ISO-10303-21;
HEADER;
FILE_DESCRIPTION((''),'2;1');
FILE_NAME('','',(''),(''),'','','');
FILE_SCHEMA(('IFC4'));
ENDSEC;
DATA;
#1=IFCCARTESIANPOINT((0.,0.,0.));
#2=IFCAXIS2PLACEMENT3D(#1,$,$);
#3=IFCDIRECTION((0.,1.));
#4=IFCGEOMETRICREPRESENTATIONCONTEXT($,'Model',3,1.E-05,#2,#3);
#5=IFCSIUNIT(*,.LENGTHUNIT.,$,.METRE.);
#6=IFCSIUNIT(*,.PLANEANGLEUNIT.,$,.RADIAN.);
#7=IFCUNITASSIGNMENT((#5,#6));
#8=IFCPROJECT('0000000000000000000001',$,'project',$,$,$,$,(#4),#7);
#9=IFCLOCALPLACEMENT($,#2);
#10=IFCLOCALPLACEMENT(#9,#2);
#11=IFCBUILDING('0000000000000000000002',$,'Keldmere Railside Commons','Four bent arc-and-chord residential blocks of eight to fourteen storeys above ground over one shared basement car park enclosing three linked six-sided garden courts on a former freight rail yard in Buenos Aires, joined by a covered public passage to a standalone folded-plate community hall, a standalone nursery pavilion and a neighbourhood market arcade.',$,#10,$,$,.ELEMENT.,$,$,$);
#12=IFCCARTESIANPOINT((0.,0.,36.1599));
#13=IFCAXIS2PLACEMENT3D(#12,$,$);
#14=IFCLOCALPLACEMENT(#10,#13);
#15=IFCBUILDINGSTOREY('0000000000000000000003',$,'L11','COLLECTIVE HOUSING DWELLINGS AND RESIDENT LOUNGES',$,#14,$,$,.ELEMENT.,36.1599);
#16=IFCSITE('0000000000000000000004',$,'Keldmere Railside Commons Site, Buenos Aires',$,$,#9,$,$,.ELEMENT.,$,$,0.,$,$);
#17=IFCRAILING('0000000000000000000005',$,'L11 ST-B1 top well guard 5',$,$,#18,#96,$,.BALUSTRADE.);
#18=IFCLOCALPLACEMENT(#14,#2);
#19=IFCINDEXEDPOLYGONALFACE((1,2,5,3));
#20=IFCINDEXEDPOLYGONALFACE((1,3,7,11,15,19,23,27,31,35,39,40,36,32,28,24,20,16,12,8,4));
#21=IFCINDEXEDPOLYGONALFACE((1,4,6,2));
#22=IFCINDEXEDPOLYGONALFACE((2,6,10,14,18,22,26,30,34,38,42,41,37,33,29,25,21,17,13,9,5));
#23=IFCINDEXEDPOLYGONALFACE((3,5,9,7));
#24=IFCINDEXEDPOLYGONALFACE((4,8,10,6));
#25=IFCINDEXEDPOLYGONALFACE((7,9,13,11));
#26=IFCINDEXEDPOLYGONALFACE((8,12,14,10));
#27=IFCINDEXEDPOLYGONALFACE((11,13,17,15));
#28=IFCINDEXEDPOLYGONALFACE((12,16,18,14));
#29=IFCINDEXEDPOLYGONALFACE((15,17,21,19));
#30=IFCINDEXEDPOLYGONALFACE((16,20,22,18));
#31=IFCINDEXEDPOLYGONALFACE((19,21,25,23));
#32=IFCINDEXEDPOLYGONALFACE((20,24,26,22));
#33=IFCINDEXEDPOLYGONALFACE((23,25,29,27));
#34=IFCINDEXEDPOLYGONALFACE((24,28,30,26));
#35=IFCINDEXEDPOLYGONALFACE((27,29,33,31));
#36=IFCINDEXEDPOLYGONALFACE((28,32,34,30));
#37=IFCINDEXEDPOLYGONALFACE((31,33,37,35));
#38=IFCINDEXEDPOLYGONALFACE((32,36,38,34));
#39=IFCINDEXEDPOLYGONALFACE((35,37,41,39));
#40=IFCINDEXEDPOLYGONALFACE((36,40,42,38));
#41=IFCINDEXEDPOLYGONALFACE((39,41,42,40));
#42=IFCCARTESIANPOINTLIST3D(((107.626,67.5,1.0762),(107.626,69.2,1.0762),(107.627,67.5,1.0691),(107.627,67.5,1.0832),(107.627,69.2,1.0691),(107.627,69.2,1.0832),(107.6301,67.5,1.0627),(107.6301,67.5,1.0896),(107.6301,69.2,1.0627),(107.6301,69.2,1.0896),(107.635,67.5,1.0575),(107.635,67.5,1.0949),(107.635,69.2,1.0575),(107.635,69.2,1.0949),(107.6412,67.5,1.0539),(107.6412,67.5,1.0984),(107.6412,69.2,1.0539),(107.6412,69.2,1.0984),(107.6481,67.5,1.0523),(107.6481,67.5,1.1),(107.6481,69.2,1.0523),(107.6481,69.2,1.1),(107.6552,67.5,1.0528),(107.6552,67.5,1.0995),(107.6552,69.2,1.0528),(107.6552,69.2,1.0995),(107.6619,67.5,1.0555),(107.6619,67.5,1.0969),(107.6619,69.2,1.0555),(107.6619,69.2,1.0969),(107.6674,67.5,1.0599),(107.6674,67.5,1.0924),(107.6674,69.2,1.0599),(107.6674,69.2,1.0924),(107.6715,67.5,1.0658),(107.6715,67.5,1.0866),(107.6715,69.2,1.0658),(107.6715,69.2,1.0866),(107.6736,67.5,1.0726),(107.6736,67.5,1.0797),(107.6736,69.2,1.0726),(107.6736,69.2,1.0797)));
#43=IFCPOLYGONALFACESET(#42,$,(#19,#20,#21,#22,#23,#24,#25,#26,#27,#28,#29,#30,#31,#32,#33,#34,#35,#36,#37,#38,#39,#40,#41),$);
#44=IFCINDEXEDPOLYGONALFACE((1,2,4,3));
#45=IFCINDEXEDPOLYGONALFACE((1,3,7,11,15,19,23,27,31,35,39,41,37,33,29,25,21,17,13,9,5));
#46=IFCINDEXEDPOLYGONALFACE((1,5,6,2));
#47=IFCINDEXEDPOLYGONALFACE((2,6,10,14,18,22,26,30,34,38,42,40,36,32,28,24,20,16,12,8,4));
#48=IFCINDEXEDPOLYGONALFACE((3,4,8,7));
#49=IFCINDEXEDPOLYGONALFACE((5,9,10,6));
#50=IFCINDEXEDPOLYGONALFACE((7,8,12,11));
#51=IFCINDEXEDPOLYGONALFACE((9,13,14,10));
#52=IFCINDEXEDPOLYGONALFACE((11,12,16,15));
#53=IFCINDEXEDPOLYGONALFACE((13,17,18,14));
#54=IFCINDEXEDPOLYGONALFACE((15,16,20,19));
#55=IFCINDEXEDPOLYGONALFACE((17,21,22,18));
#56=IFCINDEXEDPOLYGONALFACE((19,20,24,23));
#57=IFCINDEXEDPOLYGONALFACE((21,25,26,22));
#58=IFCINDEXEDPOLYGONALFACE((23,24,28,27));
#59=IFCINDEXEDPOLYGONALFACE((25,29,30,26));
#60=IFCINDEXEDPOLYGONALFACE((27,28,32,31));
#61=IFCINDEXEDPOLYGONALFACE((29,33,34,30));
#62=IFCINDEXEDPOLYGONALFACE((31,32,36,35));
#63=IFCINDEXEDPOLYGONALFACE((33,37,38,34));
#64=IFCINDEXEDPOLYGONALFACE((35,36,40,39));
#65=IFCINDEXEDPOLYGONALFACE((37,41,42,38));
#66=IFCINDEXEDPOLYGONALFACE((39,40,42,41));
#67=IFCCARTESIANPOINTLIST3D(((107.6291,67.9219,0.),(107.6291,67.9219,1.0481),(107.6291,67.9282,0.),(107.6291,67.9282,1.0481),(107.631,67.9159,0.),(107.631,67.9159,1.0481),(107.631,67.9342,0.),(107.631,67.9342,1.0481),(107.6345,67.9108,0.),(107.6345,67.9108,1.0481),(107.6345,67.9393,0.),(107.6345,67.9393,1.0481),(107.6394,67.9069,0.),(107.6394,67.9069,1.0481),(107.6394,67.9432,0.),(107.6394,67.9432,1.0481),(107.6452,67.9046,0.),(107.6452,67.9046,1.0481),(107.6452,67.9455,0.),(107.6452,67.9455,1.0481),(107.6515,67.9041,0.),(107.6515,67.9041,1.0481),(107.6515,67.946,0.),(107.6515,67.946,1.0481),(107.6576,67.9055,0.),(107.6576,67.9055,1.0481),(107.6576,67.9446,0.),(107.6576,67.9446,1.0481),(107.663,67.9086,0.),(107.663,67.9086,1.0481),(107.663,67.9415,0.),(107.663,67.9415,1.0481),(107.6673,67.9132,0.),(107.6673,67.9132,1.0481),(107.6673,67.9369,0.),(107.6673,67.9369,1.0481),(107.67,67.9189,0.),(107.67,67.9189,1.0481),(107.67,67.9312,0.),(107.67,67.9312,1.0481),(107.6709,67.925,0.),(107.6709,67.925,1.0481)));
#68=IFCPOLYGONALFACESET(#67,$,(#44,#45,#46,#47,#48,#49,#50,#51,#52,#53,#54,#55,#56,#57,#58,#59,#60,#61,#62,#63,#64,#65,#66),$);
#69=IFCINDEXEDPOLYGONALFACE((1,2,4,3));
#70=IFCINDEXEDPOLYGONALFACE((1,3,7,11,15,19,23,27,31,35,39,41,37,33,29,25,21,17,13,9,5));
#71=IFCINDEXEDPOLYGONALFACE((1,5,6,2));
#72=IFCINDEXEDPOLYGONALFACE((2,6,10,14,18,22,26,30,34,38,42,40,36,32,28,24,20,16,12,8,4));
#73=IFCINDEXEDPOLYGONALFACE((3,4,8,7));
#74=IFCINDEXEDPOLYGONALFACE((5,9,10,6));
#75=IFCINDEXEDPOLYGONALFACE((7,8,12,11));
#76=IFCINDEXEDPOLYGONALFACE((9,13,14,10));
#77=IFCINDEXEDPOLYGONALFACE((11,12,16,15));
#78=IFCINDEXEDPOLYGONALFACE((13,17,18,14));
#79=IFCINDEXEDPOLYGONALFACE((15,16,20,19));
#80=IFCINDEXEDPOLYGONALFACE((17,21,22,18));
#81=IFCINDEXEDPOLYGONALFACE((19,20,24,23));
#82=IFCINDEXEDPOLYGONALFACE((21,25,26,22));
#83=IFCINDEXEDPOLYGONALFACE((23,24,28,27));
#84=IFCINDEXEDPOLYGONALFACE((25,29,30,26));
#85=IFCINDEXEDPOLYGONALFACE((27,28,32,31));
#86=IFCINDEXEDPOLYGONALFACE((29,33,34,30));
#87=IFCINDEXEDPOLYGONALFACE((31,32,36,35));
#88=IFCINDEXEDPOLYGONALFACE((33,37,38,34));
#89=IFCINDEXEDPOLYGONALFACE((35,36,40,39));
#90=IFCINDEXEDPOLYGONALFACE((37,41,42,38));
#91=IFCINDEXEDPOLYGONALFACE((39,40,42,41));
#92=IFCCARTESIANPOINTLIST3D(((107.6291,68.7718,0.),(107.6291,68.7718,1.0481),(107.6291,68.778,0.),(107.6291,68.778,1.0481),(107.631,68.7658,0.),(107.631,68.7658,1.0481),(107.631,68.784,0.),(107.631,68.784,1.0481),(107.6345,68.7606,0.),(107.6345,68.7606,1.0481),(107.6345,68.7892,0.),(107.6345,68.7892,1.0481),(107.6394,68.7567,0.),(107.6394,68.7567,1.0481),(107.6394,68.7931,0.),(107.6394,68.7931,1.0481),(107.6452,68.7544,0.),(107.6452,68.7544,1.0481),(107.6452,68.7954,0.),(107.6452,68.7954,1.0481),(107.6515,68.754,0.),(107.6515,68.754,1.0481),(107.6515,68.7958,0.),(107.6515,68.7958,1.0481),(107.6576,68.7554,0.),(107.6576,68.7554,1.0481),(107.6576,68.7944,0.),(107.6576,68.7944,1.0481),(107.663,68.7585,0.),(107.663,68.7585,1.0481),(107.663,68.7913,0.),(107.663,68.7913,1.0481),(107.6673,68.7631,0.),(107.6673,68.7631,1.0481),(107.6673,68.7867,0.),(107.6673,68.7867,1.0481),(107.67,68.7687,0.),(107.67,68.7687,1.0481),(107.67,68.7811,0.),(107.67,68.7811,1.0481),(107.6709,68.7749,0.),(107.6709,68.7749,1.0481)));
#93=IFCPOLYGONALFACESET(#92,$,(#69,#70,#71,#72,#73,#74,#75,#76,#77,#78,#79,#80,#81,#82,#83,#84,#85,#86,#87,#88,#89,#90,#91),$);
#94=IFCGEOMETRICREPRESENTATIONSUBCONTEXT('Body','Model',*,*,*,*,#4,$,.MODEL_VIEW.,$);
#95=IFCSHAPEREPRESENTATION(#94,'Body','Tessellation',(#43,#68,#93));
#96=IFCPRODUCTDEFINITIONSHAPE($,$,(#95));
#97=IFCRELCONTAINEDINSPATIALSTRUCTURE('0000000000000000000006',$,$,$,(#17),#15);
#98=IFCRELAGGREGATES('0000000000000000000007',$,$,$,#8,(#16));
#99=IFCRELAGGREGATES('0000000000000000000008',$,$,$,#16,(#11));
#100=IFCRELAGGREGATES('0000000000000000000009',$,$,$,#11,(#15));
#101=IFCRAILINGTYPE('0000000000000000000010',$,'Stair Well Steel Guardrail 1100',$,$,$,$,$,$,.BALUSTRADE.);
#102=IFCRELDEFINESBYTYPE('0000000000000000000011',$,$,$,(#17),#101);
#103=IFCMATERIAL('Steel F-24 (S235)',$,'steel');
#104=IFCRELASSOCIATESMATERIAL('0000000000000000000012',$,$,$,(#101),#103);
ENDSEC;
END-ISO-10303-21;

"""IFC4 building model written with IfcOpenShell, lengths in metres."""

from ifc_helpers import new_model, si_unit, direction, frame, origin, origin_2d, place, context, subcontext, project, spatial, circle, extrude, material, type_object, element, save


model = new_model("IFC4")

# Units and contexts
model_context = context("Model", 3, precision=1e-05, world=origin(), true_north=direction((0.0, 1.0)))
body_context = subcontext(model_context, "Body", "Model", "MODEL_VIEW")
ifc_project = project(units=[si_unit("LENGTHUNIT", "METRE"), si_unit("PLANEANGLEUNIT", "RADIAN")], contexts=[model_context])

# Site, building, storey
site_placement = place(None, origin())
site = spatial("IfcSite", under=ifc_project, at=site_placement, Name="Keldmere Railside Commons Site, Buenos Aires", CompositionType="ELEMENT", RefElevation=0.0)
building_placement = place(site_placement, origin())
building = spatial("IfcBuilding", under=site, at=building_placement, Name="Keldmere Railside Commons", Description="Four bent arc-and-chord residential blocks of eight to fourteen storeys above ground over one shared basement car park enclosing three linked six-sided garden courts on a former freight rail yard in Buenos Aires, joined by a covered public passage to a standalone folded-plate community hall, a standalone nursery pavilion and a neighbourhood market arcade.", CompositionType="ELEMENT")
storey_placement = place(building_placement, frame((0.0, 0.0, 36.1599)))
storey = spatial("IfcBuildingStorey", under=building, at=storey_placement, Name="L11", Description="COLLECTIVE HOUSING DWELLINGS AND RESIDENT LOUNGES", CompositionType="ELEMENT", Elevation=36.1599)

# Shared definitions
ifc_material_1 = material(Name="Steel F-24 (S235)", Category="steel")

# Railing
railing_type = type_object("IfcRailingType", Name="Stair Well Steel Guardrail 1100", PredefinedType="BALUSTRADE", material=ifc_material_1)
railing_1_placement = place(storey_placement, frame((107.6499, 67.5, 0.0)))
element("IfcRailing", 1, at=railing_1_placement, inside=storey, type_object=railing_type, Name="L11 ST-B1 top well guard 5", PredefinedType="BALUSTRADE", context=body_context, shape_type="SweptSolid", body=[
    extrude(circle(Radius=0.0239, at=origin_2d()), frame((0.0, 0.0, 1.0762), z_axis=(0.0, 1.0, 0.0), x_axis=(-1.0, 0.0, 0.0)), (0.0, 0.0, 1.0), 1.7),
    extrude(circle(Radius=0.021, at=origin_2d()), frame((0.0, 0.425, 0.0)), (0.0, 0.0, 1.0), 1.0481),
    extrude(circle(Radius=0.021, at=origin_2d()), frame((0.0, 1.2749, 0.0)), (0.0, 0.0, 1.0), 1.0481),
])

save(model, "model.ifc")
